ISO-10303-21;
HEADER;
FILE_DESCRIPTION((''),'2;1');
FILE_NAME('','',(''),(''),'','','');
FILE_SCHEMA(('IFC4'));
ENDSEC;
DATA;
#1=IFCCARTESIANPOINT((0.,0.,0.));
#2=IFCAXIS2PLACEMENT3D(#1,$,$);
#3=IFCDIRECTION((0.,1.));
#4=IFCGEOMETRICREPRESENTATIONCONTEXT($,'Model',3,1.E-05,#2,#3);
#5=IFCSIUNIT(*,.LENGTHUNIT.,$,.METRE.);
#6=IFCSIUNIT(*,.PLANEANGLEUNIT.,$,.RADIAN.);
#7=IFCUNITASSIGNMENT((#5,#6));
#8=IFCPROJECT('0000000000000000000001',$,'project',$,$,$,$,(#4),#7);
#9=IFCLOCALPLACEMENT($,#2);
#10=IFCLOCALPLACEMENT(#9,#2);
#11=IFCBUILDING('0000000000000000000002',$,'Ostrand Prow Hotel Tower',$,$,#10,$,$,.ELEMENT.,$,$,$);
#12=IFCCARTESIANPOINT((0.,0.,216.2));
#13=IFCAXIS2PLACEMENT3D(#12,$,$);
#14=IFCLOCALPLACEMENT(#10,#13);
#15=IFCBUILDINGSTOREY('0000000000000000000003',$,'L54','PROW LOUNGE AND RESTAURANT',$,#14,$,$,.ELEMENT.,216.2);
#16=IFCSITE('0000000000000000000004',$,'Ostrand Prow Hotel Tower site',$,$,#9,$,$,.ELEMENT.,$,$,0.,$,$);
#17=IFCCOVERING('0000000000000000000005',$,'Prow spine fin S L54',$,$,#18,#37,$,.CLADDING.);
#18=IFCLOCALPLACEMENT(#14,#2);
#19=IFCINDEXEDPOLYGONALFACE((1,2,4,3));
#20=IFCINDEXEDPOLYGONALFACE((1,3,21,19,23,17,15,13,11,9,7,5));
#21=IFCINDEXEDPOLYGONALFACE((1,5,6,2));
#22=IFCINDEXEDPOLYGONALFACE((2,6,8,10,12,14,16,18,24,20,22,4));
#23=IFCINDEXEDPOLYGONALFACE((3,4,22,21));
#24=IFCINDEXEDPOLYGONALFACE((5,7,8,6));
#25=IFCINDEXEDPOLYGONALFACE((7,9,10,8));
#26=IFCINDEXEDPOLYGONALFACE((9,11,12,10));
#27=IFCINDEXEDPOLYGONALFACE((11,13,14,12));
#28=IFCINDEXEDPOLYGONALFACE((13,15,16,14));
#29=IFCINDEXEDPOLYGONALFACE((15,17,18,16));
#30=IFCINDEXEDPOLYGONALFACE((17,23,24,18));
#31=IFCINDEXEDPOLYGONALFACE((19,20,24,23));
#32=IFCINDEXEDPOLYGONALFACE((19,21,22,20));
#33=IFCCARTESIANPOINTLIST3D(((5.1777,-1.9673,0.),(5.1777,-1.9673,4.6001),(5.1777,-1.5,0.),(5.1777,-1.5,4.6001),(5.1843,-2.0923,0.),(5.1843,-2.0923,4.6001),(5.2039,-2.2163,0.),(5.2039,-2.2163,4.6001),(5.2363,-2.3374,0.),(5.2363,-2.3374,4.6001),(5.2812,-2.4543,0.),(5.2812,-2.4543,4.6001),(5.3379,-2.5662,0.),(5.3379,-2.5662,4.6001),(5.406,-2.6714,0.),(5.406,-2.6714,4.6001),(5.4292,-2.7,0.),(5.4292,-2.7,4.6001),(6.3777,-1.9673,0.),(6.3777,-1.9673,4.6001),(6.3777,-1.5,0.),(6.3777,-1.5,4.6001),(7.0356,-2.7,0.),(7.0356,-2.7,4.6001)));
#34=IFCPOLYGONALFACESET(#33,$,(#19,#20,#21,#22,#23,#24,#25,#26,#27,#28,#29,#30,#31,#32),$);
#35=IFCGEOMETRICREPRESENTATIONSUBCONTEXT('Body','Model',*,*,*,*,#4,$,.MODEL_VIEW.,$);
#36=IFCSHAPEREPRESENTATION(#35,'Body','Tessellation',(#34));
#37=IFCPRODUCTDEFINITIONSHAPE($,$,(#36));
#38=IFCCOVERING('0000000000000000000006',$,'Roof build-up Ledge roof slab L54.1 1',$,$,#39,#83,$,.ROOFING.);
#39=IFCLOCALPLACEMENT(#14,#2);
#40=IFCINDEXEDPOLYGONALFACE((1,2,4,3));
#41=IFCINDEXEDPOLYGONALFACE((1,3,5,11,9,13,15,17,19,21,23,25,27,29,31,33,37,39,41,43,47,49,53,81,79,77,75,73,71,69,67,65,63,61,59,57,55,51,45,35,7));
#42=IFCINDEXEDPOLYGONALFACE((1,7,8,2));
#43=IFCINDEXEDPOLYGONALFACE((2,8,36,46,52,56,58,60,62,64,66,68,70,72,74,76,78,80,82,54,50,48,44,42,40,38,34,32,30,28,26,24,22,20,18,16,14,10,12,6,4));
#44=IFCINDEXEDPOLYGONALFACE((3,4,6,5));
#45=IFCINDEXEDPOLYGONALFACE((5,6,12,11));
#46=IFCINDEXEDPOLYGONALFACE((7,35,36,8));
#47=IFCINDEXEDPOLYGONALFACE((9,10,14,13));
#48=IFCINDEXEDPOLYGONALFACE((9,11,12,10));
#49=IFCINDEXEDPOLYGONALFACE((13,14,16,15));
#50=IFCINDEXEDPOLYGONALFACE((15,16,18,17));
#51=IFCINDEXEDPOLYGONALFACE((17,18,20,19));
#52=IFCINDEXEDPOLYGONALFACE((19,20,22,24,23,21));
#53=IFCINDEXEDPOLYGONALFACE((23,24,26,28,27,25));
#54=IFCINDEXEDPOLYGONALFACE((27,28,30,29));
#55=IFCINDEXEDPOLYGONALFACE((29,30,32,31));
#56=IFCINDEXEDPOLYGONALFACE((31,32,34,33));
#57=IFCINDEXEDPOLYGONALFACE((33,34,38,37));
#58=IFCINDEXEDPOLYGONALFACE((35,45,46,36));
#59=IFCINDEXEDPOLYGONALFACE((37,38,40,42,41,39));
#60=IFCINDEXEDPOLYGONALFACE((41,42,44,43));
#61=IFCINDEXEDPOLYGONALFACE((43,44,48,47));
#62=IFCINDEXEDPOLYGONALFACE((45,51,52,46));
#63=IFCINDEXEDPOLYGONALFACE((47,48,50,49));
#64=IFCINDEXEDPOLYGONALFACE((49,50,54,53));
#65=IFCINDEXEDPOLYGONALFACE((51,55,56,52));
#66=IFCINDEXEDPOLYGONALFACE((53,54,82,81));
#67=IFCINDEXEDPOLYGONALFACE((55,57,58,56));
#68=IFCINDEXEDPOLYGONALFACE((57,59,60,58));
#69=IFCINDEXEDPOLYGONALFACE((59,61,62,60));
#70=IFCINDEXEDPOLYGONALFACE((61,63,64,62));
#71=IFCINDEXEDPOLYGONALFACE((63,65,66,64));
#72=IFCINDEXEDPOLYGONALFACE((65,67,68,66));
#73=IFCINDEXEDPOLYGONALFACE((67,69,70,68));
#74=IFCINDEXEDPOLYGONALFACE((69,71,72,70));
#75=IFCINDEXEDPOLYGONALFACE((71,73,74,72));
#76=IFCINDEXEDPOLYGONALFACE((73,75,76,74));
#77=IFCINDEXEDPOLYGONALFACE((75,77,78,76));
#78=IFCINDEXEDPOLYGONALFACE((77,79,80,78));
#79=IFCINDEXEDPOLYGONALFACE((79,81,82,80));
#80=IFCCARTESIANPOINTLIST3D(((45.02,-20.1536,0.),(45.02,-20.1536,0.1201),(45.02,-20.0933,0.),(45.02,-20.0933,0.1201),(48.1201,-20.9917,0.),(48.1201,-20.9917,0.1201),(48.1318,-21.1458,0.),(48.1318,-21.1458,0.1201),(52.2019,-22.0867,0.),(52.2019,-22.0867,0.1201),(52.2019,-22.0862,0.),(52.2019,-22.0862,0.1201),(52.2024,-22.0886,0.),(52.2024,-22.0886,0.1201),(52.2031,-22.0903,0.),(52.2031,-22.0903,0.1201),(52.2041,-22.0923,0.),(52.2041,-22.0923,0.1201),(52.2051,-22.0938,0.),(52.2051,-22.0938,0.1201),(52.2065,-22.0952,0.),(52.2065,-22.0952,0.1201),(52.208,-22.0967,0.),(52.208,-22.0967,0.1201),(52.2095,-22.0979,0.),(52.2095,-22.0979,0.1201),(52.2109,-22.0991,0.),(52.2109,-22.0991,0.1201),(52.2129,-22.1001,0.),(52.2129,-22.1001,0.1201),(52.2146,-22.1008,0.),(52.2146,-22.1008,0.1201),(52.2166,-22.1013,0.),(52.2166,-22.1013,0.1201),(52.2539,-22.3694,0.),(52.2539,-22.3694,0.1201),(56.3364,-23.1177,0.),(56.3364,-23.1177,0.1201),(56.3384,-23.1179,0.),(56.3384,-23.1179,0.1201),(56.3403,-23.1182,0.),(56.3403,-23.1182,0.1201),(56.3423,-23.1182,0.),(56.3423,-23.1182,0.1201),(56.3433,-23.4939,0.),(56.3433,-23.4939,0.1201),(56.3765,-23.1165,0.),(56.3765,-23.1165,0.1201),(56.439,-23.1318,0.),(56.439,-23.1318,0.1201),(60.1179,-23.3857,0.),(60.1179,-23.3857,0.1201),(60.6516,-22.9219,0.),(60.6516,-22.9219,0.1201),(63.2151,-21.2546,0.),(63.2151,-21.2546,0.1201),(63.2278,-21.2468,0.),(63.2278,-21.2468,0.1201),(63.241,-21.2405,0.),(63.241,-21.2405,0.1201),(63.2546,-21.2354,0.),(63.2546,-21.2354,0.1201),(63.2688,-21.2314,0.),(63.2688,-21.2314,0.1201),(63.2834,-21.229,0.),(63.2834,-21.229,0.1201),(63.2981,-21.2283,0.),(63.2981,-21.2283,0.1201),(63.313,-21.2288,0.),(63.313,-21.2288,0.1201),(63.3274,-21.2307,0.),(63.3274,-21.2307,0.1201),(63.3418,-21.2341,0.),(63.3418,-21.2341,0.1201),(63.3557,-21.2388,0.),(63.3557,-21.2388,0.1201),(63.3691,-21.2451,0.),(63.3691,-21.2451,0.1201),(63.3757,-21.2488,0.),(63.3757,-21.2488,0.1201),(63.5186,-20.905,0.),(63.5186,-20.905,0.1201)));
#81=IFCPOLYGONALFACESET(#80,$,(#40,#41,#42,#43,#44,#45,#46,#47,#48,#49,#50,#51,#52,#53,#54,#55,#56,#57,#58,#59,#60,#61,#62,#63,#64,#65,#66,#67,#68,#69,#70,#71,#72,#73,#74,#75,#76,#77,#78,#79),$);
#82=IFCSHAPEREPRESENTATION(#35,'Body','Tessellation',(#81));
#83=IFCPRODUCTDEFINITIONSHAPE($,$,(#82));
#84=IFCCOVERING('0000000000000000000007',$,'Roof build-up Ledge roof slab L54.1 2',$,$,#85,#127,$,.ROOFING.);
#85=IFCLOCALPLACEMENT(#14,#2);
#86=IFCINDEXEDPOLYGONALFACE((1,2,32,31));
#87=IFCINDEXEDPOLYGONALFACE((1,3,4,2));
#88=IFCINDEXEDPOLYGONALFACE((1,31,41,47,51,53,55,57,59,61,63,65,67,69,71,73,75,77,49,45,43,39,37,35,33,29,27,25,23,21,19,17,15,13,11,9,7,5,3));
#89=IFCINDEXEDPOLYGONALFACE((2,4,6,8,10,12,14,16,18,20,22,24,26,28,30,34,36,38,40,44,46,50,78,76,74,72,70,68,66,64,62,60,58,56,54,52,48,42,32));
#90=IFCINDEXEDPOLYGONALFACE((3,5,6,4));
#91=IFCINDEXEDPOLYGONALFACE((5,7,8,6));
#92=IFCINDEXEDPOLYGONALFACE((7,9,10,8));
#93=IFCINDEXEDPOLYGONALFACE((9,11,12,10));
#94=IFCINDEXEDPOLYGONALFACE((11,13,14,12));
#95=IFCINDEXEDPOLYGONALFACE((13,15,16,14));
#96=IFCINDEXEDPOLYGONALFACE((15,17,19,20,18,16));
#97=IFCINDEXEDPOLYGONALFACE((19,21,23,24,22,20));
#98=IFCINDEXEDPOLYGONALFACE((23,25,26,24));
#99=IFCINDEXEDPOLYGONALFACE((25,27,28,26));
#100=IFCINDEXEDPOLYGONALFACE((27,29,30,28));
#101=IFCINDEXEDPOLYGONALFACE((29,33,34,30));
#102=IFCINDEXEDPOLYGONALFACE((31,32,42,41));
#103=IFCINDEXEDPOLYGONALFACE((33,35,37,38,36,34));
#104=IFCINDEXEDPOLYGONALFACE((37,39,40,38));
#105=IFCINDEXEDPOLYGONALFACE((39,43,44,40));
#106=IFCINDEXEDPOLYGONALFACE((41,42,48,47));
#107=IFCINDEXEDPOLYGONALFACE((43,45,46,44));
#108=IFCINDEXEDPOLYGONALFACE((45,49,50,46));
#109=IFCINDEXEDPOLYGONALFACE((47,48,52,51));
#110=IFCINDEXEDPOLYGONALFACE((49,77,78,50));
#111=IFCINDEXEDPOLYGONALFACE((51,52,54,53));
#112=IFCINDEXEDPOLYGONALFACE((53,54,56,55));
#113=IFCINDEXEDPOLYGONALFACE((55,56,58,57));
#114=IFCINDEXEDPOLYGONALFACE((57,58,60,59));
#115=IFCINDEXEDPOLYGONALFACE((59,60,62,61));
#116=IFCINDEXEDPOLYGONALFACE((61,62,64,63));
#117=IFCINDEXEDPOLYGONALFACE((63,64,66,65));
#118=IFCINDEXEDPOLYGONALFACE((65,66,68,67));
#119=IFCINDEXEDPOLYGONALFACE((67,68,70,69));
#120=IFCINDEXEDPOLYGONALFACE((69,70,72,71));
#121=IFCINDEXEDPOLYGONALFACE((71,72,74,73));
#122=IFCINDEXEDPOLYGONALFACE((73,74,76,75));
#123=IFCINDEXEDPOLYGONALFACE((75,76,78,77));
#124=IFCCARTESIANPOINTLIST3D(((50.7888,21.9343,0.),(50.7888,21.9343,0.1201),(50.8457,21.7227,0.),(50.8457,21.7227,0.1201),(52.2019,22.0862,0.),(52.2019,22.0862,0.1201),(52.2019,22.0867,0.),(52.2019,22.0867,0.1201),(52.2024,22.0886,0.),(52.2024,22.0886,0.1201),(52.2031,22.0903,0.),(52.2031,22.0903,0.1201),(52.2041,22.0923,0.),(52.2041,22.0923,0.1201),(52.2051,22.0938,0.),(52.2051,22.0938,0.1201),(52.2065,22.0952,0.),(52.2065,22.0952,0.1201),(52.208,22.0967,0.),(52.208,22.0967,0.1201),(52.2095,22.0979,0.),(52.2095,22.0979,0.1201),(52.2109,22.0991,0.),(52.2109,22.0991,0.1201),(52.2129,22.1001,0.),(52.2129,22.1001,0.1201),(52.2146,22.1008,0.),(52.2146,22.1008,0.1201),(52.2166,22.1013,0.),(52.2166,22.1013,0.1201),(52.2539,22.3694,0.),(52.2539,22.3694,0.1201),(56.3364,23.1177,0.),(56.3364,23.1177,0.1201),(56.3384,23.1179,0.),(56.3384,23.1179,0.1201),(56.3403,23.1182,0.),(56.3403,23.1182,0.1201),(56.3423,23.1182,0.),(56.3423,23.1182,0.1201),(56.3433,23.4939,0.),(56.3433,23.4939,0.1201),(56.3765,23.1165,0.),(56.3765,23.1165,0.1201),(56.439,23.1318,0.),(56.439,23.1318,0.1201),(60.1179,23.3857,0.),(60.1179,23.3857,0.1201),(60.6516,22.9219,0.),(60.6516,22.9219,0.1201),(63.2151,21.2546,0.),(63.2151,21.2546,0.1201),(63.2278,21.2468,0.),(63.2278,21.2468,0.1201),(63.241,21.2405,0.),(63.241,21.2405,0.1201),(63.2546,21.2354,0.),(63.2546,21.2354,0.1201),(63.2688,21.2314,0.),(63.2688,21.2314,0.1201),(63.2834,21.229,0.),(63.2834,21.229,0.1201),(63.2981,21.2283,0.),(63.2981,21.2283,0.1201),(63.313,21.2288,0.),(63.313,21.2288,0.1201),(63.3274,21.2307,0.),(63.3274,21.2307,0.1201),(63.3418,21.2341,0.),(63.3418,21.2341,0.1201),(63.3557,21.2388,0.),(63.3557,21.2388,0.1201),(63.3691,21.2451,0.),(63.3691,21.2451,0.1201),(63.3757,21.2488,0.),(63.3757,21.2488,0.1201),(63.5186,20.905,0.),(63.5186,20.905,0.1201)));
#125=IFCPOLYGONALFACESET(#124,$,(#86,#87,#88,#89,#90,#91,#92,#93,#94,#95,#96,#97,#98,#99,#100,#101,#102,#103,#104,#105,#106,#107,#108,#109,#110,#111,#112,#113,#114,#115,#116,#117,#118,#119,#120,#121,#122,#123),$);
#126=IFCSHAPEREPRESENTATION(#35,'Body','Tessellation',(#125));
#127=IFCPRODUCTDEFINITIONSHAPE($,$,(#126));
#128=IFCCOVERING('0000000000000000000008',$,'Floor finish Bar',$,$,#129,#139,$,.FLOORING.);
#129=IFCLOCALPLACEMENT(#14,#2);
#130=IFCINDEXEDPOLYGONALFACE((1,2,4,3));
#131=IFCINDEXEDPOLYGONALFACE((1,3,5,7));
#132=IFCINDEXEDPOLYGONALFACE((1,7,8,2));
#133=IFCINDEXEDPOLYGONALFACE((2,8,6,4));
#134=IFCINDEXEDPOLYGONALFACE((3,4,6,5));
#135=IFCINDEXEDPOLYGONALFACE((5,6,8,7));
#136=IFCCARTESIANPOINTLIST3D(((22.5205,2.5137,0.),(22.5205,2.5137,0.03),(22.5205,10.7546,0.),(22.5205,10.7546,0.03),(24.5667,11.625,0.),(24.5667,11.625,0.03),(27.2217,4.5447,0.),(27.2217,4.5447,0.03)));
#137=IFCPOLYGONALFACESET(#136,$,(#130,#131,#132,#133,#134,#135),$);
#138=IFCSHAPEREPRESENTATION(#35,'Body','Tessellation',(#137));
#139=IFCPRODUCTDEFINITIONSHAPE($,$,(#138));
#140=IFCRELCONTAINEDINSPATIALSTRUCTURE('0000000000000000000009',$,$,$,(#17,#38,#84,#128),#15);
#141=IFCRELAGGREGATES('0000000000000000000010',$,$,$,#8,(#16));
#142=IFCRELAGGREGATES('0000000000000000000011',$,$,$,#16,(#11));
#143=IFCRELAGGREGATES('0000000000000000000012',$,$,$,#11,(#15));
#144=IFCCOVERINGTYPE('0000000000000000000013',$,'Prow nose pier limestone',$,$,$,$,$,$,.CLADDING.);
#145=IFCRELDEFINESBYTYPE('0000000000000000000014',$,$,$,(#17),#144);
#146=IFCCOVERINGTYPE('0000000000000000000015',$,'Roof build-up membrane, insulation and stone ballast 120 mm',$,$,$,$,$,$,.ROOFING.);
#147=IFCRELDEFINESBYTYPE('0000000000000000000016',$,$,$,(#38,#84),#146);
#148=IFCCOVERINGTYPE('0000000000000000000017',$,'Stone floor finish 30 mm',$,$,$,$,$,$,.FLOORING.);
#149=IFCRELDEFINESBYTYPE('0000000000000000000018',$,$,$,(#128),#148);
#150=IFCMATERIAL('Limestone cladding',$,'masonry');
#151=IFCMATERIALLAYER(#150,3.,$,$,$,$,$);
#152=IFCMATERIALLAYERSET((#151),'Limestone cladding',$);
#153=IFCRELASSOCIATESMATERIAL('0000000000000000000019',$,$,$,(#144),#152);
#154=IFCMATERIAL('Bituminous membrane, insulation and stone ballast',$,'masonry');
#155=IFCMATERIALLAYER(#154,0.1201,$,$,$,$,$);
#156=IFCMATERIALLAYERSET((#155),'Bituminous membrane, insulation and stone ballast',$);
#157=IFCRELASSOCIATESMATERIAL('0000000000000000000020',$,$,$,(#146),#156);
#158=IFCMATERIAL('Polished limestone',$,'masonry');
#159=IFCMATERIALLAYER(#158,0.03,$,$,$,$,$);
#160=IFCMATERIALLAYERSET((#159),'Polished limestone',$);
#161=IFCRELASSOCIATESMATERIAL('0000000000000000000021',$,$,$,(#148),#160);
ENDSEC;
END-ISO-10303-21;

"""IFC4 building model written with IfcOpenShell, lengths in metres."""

from ifc_helpers import new_model, si_unit, direction, frame, origin, place, context, subcontext, project, spatial, polyline, outline, extrude, material, layer, layer_set, type_object, element, save


model = new_model("IFC4")

# Units and contexts
model_context = context("Model", 3, precision=1e-05, world=origin(), true_north=direction((0.0, 1.0)))
body_context = subcontext(model_context, "Body", "Model", "MODEL_VIEW")
ifc_project = project(units=[si_unit("LENGTHUNIT", "METRE"), si_unit("PLANEANGLEUNIT", "RADIAN")], contexts=[model_context])

# Site, building, storey
site_placement = place(None, origin())
site = spatial("IfcSite", under=ifc_project, at=site_placement, Name="Ostrand Prow Hotel Tower site", CompositionType="ELEMENT", RefElevation=0.0)
building_placement = place(site_placement, origin())
building = spatial("IfcBuilding", under=site, at=building_placement, Name="Ostrand Prow Hotel Tower", CompositionType="ELEMENT")
storey_placement = place(building_placement, frame((0.0, 0.0, 216.2)))
storey = spatial("IfcBuildingStorey", under=building, at=storey_placement, Name="L54", Description="PROW LOUNGE AND RESTAURANT", CompositionType="ELEMENT", Elevation=216.2)

# Coverings
ifc_material_1 = material(Name="Limestone cladding", Category="masonry")
ifc_layer_1 = layer(ifc_material_1, 3.0)
ifc_layer_set_1 = layer_set([ifc_layer_1], Name="Limestone cladding")
covering_type_1 = type_object("IfcCoveringType", Name="Prow nose pier limestone", PredefinedType="CLADDING", material=ifc_layer_set_1)
covering_1_placement = place(storey_placement, origin())
element("IfcCovering", 1, at=covering_1_placement, inside=storey, type_object=covering_type_1, Name="Prow spine fin S L54", PredefinedType="CLADDING", context=body_context, shape_type="SweptSolid", body=[
    extrude(outline(polyline([(5.406, -2.6714), (5.4292, -2.7), (7.0356, -2.7), (6.3777, -1.9673), (6.3777, -1.5), (5.1777, -1.5), (5.1777, -1.9673), (5.1843, -2.0923), (5.2039, -2.2163), (5.2363, -2.3374), (5.2812, -2.4543), (5.3379, -2.5662), (5.406, -2.6714)])), origin(), (0.0, 0.0, 1.0), 4.6001),
])
ifc_material_2 = material(Name="Bituminous membrane, insulation and stone ballast", Category="masonry")
ifc_layer_2 = layer(ifc_material_2, 0.1201)
ifc_layer_set_2 = layer_set([ifc_layer_2], Name="Bituminous membrane, insulation and stone ballast")
covering_type_2 = type_object("IfcCoveringType", Name="Roof build-up membrane, insulation and stone ballast 120 mm", PredefinedType="ROOFING", material=ifc_layer_set_2)
covering_2_placement = place(storey_placement, origin())
element("IfcCovering", 2, at=covering_2_placement, inside=storey, type_object=covering_type_2, Name="Roof build-up Ledge roof slab L54.1 1", PredefinedType="ROOFING", context=body_context, shape_type="SweptSolid", body=[
    extrude(outline(polyline([(48.1201, -20.9917), (45.02, -20.0933), (45.02, -20.1536), (48.1318, -21.1458), (52.2539, -22.3694), (56.3433, -23.4939), (60.1179, -23.3857), (63.2151, -21.2546), (63.2278, -21.2468), (63.241, -21.2405), (63.2546, -21.2354), (63.2688, -21.2314), (63.2834, -21.229), (63.2981, -21.2283), (63.313, -21.2288), (63.3274, -21.2307), (63.3418, -21.2341), (63.3557, -21.2388), (63.3691, -21.2451), (63.3757, -21.2488), (63.5186, -20.905), (60.6516, -22.9219), (56.439, -23.1318), (56.3765, -23.1165), (56.3423, -23.1182), (56.3403, -23.1182), (56.3384, -23.1179), (56.3364, -23.1177), (52.2166, -22.1013), (52.2146, -22.1008), (52.2129, -22.1001), (52.2109, -22.0991), (52.2095, -22.0979), (52.208, -22.0967), (52.2065, -22.0952), (52.2051, -22.0938), (52.2041, -22.0923), (52.2031, -22.0903), (52.2024, -22.0886), (52.2019, -22.0867), (52.2019, -22.0862), (48.1201, -20.9917)])), origin(), (0.0, 0.0, 1.0), 0.1201),
])
covering_3_placement = place(storey_placement, origin())
element("IfcCovering", 3, at=covering_3_placement, inside=storey, type_object=covering_type_2, Name="Roof build-up Ledge roof slab L54.1 2", PredefinedType="ROOFING", context=body_context, shape_type="SweptSolid", body=[
    extrude(outline(polyline([(63.5186, 20.905), (63.3757, 21.2488), (63.3691, 21.2451), (63.3557, 21.2388), (63.3418, 21.2341), (63.3274, 21.2307), (63.313, 21.2288), (63.2981, 21.2283), (63.2834, 21.229), (63.2688, 21.2314), (63.2546, 21.2354), (63.241, 21.2405), (63.2278, 21.2468), (63.2151, 21.2546), (60.1179, 23.3857), (56.3433, 23.4939), (52.2539, 22.3694), (50.7888, 21.9343), (50.8457, 21.7227), (52.2019, 22.0862), (52.2019, 22.0867), (52.2024, 22.0886), (52.2031, 22.0903), (52.2041, 22.0923), (52.2051, 22.0938), (52.2065, 22.0952), (52.208, 22.0967), (52.2095, 22.0979), (52.2109, 22.0991), (52.2129, 22.1001), (52.2146, 22.1008), (52.2166, 22.1013), (56.3364, 23.1177), (56.3384, 23.1179), (56.3403, 23.1182), (56.3423, 23.1182), (56.3765, 23.1165), (56.439, 23.1318), (60.6516, 22.9219), (63.5186, 20.905)])), origin(), (0.0, 0.0, 1.0), 0.1201),
])
ifc_material_3 = material(Name="Polished limestone", Category="masonry")
ifc_layer_3 = layer(ifc_material_3, 0.03)
ifc_layer_set_3 = layer_set([ifc_layer_3], Name="Polished limestone")
covering_type_3 = type_object("IfcCoveringType", Name="Stone floor finish 30 mm", PredefinedType="FLOORING", material=ifc_layer_set_3)
covering_4_placement = place(storey_placement, origin())
element("IfcCovering", 4, at=covering_4_placement, inside=storey, type_object=covering_type_3, Name="Floor finish Bar", PredefinedType="FLOORING", context=body_context, shape_type="SweptSolid", body=[
    extrude(outline(polyline([(24.5667, 11.625), (22.5205, 10.7546), (22.5205, 2.5137), (27.2217, 4.5447), (24.5667, 11.625)])), origin(), (0.0, 0.0, 1.0), 0.03),
])

save(model, "model.ifc")
